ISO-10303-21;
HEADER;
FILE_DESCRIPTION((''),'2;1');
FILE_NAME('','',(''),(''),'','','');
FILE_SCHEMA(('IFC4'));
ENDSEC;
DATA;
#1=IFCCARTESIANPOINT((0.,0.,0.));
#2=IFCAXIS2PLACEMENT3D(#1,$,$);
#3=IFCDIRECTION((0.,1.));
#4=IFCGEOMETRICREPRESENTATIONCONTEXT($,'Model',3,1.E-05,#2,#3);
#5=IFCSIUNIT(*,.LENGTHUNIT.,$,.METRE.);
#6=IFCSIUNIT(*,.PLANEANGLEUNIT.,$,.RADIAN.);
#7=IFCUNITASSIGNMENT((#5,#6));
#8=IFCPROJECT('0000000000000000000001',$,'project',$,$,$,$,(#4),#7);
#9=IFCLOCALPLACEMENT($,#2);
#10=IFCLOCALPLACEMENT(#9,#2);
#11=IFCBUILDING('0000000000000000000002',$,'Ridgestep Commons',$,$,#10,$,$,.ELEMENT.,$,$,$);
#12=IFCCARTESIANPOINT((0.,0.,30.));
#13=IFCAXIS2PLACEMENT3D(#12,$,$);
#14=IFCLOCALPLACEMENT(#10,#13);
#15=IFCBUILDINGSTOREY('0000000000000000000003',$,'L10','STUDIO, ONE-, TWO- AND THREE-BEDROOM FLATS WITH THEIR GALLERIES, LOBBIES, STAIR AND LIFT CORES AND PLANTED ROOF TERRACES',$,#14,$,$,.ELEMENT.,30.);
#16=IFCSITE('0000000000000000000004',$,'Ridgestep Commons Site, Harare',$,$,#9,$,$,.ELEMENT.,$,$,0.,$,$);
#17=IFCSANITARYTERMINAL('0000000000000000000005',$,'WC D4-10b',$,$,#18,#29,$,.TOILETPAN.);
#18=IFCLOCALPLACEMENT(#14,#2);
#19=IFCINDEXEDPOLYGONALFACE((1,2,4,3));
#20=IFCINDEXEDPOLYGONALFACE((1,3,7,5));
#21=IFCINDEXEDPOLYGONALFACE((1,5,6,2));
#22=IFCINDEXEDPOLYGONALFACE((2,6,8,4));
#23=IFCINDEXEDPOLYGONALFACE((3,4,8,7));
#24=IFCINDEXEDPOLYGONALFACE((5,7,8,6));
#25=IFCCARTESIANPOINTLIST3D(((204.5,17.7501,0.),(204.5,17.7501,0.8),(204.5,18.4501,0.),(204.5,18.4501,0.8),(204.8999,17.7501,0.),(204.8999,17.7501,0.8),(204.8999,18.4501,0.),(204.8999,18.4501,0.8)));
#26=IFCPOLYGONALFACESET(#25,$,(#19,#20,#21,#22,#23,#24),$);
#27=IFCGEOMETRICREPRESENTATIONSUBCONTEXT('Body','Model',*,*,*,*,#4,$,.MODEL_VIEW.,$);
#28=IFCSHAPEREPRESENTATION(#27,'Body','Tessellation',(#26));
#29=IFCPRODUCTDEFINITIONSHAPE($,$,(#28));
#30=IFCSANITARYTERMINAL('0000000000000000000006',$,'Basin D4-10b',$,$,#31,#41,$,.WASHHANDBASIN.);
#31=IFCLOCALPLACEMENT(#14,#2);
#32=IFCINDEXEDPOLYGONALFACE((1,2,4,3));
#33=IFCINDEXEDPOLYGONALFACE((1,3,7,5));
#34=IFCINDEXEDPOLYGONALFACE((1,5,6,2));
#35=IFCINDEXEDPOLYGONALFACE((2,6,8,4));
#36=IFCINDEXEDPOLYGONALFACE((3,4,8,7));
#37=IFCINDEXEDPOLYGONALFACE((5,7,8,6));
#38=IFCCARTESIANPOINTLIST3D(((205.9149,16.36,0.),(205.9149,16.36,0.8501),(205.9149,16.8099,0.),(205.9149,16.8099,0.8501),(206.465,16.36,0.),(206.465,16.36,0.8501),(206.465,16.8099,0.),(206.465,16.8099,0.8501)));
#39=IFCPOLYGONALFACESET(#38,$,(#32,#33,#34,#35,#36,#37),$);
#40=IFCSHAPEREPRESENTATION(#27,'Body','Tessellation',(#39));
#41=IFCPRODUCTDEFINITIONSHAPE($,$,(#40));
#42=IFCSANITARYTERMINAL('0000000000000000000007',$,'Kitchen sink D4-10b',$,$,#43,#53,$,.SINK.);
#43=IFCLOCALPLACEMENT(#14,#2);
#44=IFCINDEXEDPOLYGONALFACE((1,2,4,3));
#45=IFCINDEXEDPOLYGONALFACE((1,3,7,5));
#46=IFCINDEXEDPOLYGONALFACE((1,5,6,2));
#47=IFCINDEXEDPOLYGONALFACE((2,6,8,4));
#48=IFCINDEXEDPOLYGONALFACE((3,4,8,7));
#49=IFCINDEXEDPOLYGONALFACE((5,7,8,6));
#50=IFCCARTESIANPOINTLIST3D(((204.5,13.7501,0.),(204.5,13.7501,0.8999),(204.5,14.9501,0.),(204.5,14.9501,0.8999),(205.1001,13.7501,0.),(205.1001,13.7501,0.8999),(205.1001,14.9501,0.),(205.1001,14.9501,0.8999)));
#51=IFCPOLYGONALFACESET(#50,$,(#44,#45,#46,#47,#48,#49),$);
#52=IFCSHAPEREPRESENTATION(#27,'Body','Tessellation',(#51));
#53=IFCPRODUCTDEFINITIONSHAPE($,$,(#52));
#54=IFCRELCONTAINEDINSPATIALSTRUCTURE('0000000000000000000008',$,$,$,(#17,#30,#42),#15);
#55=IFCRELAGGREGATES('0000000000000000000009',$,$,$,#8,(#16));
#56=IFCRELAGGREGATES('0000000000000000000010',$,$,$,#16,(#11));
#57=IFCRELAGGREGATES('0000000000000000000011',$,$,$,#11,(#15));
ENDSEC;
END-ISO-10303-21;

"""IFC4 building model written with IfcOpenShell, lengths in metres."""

from ifc_helpers import new_model, si_unit, direction, frame, origin, origin_2d, place, context, subcontext, project, spatial, rectangle, extrude, element, save


model = new_model("IFC4")

# Units and contexts
model_context = context("Model", 3, precision=1e-05, world=origin(), true_north=direction((0.0, 1.0)))
body_context = subcontext(model_context, "Body", "Model", "MODEL_VIEW")
ifc_project = project(units=[si_unit("LENGTHUNIT", "METRE"), si_unit("PLANEANGLEUNIT", "RADIAN")], contexts=[model_context])

# Site, building, storey
site_placement = place(None, origin())
site = spatial("IfcSite", under=ifc_project, at=site_placement, Name="Ridgestep Commons Site, Harare", CompositionType="ELEMENT", RefElevation=0.0)
building_placement = place(site_placement, origin())
building = spatial("IfcBuilding", under=site, at=building_placement, Name="Ridgestep Commons", CompositionType="ELEMENT")
storey_placement = place(building_placement, frame((0.0, 0.0, 30.0)))
storey = spatial("IfcBuildingStorey", under=building, at=storey_placement, Name="L10", Description="STUDIO, ONE-, TWO- AND THREE-BEDROOM FLATS WITH THEIR GALLERIES, LOBBIES, STAIR AND LIFT CORES AND PLANTED ROOF TERRACES", CompositionType="ELEMENT", Elevation=30.0)

# Sanitary terminals
sanitary_terminal_1_placement = place(storey_placement, frame((204.7, 18.1001, 0.0), z_axis=(0.0, 0.0, 1.0), x_axis=(1.0, 0.0, 0.0)))
element("IfcSanitaryTerminal", 1, at=sanitary_terminal_1_placement, inside=storey, Name="WC D4-10b", PredefinedType="TOILETPAN", context=body_context, shape_type="SweptSolid", body=[
    extrude(rectangle(XDim=0.3999, YDim=0.7, at=origin_2d()), origin(), (0.0, 0.0, 1.0), 0.8),
])
sanitary_terminal_2_placement = place(storey_placement, frame((206.1899, 16.585, 0.0), z_axis=(0.0, 0.0, 1.0), x_axis=(1.0, 0.0, 0.0)))
element("IfcSanitaryTerminal", 2, at=sanitary_terminal_2_placement, inside=storey, Name="Basin D4-10b", PredefinedType="WASHHANDBASIN", context=body_context, shape_type="SweptSolid", body=[
    extrude(rectangle(XDim=0.55, YDim=0.45, at=origin_2d()), origin(), (0.0, 0.0, 1.0), 0.8501),
])
sanitary_terminal_3_placement = place(storey_placement, frame((204.8, 14.3501, 0.0), z_axis=(0.0, 0.0, 1.0), x_axis=(1.0, 0.0, 0.0)))
element("IfcSanitaryTerminal", 3, at=sanitary_terminal_3_placement, inside=storey, Name="Kitchen sink D4-10b", PredefinedType="SINK", context=body_context, shape_type="SweptSolid", body=[
    extrude(rectangle(XDim=0.6001, YDim=1.2, at=origin_2d()), origin(), (0.0, 0.0, 1.0), 0.8999),
])

save(model, "model.ifc")
